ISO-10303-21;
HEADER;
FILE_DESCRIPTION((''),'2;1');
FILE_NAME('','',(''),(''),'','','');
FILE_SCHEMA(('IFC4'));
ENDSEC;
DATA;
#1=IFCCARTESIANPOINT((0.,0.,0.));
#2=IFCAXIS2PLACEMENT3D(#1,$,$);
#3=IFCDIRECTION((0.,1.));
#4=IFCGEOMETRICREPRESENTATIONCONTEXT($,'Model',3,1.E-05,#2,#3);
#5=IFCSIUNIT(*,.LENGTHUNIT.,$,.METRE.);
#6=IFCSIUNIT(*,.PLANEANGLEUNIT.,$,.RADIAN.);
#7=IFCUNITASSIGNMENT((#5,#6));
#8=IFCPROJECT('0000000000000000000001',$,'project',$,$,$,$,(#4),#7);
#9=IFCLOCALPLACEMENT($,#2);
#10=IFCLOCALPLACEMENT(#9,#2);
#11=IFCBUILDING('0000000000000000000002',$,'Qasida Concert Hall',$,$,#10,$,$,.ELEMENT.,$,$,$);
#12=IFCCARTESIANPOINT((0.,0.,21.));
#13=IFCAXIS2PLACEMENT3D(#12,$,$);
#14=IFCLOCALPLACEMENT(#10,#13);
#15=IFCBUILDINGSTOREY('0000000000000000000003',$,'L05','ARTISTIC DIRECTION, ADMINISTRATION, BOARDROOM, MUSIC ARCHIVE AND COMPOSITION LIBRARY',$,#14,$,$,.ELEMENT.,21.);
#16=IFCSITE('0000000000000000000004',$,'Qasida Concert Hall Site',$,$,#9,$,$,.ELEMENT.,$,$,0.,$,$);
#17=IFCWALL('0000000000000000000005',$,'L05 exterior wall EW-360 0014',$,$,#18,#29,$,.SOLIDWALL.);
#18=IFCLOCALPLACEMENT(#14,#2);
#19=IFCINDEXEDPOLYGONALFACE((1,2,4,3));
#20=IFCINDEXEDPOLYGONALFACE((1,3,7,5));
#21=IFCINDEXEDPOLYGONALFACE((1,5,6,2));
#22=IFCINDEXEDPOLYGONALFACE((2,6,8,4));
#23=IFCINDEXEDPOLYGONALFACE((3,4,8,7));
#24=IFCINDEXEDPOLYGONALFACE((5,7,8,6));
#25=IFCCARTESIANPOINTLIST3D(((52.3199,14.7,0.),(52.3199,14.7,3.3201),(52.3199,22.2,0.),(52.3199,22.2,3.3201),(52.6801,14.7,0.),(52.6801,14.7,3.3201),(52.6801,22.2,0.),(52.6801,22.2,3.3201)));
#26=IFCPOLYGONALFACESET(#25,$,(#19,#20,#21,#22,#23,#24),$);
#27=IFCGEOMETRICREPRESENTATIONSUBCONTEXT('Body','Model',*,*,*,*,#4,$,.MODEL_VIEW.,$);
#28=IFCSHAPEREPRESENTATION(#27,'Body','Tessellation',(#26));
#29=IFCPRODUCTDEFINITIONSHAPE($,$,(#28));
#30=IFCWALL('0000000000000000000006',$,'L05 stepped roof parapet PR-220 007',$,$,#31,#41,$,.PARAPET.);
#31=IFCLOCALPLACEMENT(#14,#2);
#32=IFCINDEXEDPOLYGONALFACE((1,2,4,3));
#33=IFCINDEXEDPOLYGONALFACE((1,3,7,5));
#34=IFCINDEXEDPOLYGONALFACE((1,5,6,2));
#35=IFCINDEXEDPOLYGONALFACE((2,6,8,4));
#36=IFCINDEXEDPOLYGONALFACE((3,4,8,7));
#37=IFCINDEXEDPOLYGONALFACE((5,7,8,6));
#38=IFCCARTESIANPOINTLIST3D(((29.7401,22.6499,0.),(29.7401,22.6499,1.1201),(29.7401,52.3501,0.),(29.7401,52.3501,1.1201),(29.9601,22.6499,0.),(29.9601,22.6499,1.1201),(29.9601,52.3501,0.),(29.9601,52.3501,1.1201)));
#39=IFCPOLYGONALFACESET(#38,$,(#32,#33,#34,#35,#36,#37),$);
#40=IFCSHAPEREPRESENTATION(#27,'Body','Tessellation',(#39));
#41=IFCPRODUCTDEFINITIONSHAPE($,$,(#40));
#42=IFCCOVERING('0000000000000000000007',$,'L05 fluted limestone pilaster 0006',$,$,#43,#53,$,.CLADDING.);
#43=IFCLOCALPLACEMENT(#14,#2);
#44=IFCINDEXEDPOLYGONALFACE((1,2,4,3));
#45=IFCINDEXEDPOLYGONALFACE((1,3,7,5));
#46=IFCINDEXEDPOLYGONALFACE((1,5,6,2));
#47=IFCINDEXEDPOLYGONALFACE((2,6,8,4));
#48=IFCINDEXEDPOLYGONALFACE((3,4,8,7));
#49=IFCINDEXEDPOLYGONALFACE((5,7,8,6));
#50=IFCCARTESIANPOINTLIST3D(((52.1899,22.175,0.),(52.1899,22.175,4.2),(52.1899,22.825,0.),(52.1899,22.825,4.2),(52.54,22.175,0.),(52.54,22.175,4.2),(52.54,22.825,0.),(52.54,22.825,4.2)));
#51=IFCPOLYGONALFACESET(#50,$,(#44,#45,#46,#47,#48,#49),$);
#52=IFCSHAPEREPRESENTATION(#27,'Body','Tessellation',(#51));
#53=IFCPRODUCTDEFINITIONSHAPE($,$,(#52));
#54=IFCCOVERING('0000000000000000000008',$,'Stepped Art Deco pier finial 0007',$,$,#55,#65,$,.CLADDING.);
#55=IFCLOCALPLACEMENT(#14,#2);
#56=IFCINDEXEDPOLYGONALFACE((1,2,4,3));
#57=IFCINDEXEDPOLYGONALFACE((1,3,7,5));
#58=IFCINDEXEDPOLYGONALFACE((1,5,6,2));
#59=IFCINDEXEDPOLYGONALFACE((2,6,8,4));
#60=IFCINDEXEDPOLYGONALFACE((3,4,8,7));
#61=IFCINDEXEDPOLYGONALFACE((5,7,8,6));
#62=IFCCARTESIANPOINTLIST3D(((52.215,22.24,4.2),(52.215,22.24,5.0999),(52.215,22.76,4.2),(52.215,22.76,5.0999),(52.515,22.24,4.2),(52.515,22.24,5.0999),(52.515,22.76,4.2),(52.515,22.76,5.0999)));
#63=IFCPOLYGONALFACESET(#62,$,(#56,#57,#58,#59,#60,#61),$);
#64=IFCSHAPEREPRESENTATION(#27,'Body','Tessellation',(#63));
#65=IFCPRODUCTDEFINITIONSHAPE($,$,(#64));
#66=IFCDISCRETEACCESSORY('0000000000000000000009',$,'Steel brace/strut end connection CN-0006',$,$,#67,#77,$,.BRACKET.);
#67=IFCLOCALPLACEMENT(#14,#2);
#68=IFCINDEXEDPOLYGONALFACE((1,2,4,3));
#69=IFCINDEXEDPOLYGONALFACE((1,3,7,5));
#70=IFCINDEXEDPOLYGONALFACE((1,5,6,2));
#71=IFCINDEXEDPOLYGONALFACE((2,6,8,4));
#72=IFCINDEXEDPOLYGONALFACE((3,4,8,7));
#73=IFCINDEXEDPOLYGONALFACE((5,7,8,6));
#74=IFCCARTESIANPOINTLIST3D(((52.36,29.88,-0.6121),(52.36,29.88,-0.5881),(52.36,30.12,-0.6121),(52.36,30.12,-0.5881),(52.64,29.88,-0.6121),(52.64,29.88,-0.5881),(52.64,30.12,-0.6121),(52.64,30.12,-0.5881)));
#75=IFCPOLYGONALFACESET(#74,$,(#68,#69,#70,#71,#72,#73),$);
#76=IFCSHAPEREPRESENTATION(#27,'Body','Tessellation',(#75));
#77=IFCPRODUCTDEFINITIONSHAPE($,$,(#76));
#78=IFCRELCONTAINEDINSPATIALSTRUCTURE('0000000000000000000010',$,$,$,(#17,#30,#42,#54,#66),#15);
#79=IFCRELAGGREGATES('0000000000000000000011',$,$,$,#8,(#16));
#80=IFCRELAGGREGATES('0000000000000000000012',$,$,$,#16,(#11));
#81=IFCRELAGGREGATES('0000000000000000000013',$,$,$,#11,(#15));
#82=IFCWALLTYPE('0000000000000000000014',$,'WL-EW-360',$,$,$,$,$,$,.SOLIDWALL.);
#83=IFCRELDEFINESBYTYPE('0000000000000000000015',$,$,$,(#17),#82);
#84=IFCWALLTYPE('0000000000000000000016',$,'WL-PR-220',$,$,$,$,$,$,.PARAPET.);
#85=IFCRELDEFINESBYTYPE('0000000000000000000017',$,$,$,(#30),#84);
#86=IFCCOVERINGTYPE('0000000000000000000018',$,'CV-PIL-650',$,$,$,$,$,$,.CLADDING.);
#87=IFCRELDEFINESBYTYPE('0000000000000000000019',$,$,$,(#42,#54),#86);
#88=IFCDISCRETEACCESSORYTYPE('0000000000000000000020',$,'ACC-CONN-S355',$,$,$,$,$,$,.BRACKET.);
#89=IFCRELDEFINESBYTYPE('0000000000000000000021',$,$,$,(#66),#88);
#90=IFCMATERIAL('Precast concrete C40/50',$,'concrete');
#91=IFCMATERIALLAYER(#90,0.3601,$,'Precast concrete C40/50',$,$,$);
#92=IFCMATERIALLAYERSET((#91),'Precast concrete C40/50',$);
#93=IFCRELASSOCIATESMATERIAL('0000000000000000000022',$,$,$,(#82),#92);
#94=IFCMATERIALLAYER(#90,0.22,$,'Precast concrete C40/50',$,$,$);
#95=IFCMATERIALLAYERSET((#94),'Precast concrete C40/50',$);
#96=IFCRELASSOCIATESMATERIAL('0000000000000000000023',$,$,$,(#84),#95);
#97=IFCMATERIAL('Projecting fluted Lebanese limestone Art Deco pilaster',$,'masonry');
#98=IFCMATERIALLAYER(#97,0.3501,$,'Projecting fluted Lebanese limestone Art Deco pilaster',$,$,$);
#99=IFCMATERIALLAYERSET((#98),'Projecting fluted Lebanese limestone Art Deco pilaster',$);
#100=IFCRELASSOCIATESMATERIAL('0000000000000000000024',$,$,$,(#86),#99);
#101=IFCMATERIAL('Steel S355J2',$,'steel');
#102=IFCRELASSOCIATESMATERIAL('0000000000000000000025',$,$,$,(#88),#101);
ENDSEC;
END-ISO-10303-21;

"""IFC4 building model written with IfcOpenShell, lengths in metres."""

from ifc_helpers import new_model, si_unit, direction, frame, frame_2d, origin, origin_2d, place, context, subcontext, project, spatial, rectangle, extrude, material, layer, layer_set, type_object, element, save


model = new_model("IFC4")

# Units and contexts
model_context = context("Model", 3, precision=1e-05, world=origin(), true_north=direction((0.0, 1.0)))
body_context = subcontext(model_context, "Body", "Model", "MODEL_VIEW")
ifc_project = project(units=[si_unit("LENGTHUNIT", "METRE"), si_unit("PLANEANGLEUNIT", "RADIAN")], contexts=[model_context])

# Site, building, storey
site_placement = place(None, origin())
site = spatial("IfcSite", under=ifc_project, at=site_placement, Name="Qasida Concert Hall Site", CompositionType="ELEMENT", RefElevation=0.0)
building_placement = place(site_placement, origin())
building = spatial("IfcBuilding", under=site, at=building_placement, Name="Qasida Concert Hall", CompositionType="ELEMENT")
storey_placement = place(building_placement, frame((0.0, 0.0, 21.0)))
storey = spatial("IfcBuildingStorey", under=building, at=storey_placement, Name="L05", Description="ARTISTIC DIRECTION, ADMINISTRATION, BOARDROOM, MUSIC ARCHIVE AND COMPOSITION LIBRARY", CompositionType="ELEMENT", Elevation=21.0)

# Shared definitions
ifc_material_1 = material(Name="Steel S355J2", Category="steel")

# Walls
ifc_material_2 = material(Name="Precast concrete C40/50", Category="concrete")
ifc_layer_1 = layer(ifc_material_2, 0.3601, Name="Precast concrete C40/50")
ifc_layer_set_1 = layer_set([ifc_layer_1], Name="Precast concrete C40/50")
wall_type_1 = type_object("IfcWallType", Name="WL-EW-360", PredefinedType="SOLIDWALL", material=ifc_layer_set_1)
wall_1_placement = place(storey_placement, frame((52.5, 14.7, 0.0), z_axis=(0.0, 0.0, 1.0), x_axis=(0.0, 1.0, 0.0)))
element("IfcWall", 1, at=wall_1_placement, inside=storey, type_object=wall_type_1, Name="L05 exterior wall EW-360 0014", PredefinedType="SOLIDWALL", context=body_context, shape_type="SweptSolid", body=[
    extrude(rectangle(XDim=7.5, YDim=0.3601, at=frame_2d((3.75, 0.0))), origin(), (0.0, 0.0, 1.0), 3.3201),
])
ifc_layer_2 = layer(ifc_material_2, 0.22, Name="Precast concrete C40/50")
ifc_layer_set_2 = layer_set([ifc_layer_2], Name="Precast concrete C40/50")
wall_type_2 = type_object("IfcWallType", Name="WL-PR-220", PredefinedType="PARAPET", material=ifc_layer_set_2)
wall_2_placement = place(storey_placement, frame((29.8501, 22.6499, 0.0), z_axis=(0.0, 0.0, 1.0), x_axis=(0.0, 1.0, 0.0)))
element("IfcWall", 2, at=wall_2_placement, inside=storey, type_object=wall_type_2, Name="L05 stepped roof parapet PR-220 007", PredefinedType="PARAPET", context=body_context, shape_type="SweptSolid", body=[
    extrude(rectangle(XDim=29.7002, YDim=0.22, at=frame_2d((14.8501, 0.0))), origin(), (0.0, 0.0, 1.0), 1.1201),
])

# Coverings
ifc_material_3 = material(Name="Projecting fluted Lebanese limestone Art Deco pilaster", Category="masonry")
ifc_layer_3 = layer(ifc_material_3, 0.3501, Name="Projecting fluted Lebanese limestone Art Deco pilaster")
ifc_layer_set_3 = layer_set([ifc_layer_3], Name="Projecting fluted Lebanese limestone Art Deco pilaster")
covering_type = type_object("IfcCoveringType", Name="CV-PIL-650", PredefinedType="CLADDING", material=ifc_layer_set_3)
covering_1_placement = place(storey_placement, frame((52.365, 22.5, 0.0), z_axis=(0.0, 0.0, 1.0), x_axis=(1.0, 0.0, 0.0)))
element("IfcCovering", 3, at=covering_1_placement, inside=storey, type_object=covering_type, Name="L05 fluted limestone pilaster 0006", PredefinedType="CLADDING", context=body_context, shape_type="SweptSolid", body=[
    extrude(rectangle(XDim=0.3501, YDim=0.6499, at=origin_2d()), origin(), (0.0, 0.0, 1.0), 4.2),
])
covering_2_placement = place(storey_placement, frame((52.365, 22.5, 4.2), z_axis=(0.0, 0.0, 1.0), x_axis=(1.0, 0.0, 0.0)))
element("IfcCovering", 4, at=covering_2_placement, inside=storey, type_object=covering_type, Name="Stepped Art Deco pier finial 0007", PredefinedType="CLADDING", context=body_context, shape_type="SweptSolid", body=[
    extrude(rectangle(XDim=0.3, YDim=0.52, at=origin_2d()), origin(), (0.0, 0.0, 1.0), 0.8999),
])

# Discrete accessory
discrete_accessory_type = type_object("IfcDiscreteAccessoryType", Name="ACC-CONN-S355", PredefinedType="BRACKET", material=ifc_material_1)
discrete_accessory_placement = place(storey_placement, frame((52.5, 30.0, -0.6121), z_axis=(0.0, 0.0, 1.0), x_axis=(1.0, 0.0, 0.0)))
element("IfcDiscreteAccessory", 5, at=discrete_accessory_placement, inside=storey, type_object=discrete_accessory_type, Name="Steel brace/strut end connection CN-0006", PredefinedType="BRACKET", context=body_context, shape_type="SweptSolid", body=[
    extrude(rectangle(XDim=0.28, YDim=0.24, at=origin_2d()), origin(), (0.0, 0.0, 1.0), 0.0239),
])

save(model, "model.ifc")
